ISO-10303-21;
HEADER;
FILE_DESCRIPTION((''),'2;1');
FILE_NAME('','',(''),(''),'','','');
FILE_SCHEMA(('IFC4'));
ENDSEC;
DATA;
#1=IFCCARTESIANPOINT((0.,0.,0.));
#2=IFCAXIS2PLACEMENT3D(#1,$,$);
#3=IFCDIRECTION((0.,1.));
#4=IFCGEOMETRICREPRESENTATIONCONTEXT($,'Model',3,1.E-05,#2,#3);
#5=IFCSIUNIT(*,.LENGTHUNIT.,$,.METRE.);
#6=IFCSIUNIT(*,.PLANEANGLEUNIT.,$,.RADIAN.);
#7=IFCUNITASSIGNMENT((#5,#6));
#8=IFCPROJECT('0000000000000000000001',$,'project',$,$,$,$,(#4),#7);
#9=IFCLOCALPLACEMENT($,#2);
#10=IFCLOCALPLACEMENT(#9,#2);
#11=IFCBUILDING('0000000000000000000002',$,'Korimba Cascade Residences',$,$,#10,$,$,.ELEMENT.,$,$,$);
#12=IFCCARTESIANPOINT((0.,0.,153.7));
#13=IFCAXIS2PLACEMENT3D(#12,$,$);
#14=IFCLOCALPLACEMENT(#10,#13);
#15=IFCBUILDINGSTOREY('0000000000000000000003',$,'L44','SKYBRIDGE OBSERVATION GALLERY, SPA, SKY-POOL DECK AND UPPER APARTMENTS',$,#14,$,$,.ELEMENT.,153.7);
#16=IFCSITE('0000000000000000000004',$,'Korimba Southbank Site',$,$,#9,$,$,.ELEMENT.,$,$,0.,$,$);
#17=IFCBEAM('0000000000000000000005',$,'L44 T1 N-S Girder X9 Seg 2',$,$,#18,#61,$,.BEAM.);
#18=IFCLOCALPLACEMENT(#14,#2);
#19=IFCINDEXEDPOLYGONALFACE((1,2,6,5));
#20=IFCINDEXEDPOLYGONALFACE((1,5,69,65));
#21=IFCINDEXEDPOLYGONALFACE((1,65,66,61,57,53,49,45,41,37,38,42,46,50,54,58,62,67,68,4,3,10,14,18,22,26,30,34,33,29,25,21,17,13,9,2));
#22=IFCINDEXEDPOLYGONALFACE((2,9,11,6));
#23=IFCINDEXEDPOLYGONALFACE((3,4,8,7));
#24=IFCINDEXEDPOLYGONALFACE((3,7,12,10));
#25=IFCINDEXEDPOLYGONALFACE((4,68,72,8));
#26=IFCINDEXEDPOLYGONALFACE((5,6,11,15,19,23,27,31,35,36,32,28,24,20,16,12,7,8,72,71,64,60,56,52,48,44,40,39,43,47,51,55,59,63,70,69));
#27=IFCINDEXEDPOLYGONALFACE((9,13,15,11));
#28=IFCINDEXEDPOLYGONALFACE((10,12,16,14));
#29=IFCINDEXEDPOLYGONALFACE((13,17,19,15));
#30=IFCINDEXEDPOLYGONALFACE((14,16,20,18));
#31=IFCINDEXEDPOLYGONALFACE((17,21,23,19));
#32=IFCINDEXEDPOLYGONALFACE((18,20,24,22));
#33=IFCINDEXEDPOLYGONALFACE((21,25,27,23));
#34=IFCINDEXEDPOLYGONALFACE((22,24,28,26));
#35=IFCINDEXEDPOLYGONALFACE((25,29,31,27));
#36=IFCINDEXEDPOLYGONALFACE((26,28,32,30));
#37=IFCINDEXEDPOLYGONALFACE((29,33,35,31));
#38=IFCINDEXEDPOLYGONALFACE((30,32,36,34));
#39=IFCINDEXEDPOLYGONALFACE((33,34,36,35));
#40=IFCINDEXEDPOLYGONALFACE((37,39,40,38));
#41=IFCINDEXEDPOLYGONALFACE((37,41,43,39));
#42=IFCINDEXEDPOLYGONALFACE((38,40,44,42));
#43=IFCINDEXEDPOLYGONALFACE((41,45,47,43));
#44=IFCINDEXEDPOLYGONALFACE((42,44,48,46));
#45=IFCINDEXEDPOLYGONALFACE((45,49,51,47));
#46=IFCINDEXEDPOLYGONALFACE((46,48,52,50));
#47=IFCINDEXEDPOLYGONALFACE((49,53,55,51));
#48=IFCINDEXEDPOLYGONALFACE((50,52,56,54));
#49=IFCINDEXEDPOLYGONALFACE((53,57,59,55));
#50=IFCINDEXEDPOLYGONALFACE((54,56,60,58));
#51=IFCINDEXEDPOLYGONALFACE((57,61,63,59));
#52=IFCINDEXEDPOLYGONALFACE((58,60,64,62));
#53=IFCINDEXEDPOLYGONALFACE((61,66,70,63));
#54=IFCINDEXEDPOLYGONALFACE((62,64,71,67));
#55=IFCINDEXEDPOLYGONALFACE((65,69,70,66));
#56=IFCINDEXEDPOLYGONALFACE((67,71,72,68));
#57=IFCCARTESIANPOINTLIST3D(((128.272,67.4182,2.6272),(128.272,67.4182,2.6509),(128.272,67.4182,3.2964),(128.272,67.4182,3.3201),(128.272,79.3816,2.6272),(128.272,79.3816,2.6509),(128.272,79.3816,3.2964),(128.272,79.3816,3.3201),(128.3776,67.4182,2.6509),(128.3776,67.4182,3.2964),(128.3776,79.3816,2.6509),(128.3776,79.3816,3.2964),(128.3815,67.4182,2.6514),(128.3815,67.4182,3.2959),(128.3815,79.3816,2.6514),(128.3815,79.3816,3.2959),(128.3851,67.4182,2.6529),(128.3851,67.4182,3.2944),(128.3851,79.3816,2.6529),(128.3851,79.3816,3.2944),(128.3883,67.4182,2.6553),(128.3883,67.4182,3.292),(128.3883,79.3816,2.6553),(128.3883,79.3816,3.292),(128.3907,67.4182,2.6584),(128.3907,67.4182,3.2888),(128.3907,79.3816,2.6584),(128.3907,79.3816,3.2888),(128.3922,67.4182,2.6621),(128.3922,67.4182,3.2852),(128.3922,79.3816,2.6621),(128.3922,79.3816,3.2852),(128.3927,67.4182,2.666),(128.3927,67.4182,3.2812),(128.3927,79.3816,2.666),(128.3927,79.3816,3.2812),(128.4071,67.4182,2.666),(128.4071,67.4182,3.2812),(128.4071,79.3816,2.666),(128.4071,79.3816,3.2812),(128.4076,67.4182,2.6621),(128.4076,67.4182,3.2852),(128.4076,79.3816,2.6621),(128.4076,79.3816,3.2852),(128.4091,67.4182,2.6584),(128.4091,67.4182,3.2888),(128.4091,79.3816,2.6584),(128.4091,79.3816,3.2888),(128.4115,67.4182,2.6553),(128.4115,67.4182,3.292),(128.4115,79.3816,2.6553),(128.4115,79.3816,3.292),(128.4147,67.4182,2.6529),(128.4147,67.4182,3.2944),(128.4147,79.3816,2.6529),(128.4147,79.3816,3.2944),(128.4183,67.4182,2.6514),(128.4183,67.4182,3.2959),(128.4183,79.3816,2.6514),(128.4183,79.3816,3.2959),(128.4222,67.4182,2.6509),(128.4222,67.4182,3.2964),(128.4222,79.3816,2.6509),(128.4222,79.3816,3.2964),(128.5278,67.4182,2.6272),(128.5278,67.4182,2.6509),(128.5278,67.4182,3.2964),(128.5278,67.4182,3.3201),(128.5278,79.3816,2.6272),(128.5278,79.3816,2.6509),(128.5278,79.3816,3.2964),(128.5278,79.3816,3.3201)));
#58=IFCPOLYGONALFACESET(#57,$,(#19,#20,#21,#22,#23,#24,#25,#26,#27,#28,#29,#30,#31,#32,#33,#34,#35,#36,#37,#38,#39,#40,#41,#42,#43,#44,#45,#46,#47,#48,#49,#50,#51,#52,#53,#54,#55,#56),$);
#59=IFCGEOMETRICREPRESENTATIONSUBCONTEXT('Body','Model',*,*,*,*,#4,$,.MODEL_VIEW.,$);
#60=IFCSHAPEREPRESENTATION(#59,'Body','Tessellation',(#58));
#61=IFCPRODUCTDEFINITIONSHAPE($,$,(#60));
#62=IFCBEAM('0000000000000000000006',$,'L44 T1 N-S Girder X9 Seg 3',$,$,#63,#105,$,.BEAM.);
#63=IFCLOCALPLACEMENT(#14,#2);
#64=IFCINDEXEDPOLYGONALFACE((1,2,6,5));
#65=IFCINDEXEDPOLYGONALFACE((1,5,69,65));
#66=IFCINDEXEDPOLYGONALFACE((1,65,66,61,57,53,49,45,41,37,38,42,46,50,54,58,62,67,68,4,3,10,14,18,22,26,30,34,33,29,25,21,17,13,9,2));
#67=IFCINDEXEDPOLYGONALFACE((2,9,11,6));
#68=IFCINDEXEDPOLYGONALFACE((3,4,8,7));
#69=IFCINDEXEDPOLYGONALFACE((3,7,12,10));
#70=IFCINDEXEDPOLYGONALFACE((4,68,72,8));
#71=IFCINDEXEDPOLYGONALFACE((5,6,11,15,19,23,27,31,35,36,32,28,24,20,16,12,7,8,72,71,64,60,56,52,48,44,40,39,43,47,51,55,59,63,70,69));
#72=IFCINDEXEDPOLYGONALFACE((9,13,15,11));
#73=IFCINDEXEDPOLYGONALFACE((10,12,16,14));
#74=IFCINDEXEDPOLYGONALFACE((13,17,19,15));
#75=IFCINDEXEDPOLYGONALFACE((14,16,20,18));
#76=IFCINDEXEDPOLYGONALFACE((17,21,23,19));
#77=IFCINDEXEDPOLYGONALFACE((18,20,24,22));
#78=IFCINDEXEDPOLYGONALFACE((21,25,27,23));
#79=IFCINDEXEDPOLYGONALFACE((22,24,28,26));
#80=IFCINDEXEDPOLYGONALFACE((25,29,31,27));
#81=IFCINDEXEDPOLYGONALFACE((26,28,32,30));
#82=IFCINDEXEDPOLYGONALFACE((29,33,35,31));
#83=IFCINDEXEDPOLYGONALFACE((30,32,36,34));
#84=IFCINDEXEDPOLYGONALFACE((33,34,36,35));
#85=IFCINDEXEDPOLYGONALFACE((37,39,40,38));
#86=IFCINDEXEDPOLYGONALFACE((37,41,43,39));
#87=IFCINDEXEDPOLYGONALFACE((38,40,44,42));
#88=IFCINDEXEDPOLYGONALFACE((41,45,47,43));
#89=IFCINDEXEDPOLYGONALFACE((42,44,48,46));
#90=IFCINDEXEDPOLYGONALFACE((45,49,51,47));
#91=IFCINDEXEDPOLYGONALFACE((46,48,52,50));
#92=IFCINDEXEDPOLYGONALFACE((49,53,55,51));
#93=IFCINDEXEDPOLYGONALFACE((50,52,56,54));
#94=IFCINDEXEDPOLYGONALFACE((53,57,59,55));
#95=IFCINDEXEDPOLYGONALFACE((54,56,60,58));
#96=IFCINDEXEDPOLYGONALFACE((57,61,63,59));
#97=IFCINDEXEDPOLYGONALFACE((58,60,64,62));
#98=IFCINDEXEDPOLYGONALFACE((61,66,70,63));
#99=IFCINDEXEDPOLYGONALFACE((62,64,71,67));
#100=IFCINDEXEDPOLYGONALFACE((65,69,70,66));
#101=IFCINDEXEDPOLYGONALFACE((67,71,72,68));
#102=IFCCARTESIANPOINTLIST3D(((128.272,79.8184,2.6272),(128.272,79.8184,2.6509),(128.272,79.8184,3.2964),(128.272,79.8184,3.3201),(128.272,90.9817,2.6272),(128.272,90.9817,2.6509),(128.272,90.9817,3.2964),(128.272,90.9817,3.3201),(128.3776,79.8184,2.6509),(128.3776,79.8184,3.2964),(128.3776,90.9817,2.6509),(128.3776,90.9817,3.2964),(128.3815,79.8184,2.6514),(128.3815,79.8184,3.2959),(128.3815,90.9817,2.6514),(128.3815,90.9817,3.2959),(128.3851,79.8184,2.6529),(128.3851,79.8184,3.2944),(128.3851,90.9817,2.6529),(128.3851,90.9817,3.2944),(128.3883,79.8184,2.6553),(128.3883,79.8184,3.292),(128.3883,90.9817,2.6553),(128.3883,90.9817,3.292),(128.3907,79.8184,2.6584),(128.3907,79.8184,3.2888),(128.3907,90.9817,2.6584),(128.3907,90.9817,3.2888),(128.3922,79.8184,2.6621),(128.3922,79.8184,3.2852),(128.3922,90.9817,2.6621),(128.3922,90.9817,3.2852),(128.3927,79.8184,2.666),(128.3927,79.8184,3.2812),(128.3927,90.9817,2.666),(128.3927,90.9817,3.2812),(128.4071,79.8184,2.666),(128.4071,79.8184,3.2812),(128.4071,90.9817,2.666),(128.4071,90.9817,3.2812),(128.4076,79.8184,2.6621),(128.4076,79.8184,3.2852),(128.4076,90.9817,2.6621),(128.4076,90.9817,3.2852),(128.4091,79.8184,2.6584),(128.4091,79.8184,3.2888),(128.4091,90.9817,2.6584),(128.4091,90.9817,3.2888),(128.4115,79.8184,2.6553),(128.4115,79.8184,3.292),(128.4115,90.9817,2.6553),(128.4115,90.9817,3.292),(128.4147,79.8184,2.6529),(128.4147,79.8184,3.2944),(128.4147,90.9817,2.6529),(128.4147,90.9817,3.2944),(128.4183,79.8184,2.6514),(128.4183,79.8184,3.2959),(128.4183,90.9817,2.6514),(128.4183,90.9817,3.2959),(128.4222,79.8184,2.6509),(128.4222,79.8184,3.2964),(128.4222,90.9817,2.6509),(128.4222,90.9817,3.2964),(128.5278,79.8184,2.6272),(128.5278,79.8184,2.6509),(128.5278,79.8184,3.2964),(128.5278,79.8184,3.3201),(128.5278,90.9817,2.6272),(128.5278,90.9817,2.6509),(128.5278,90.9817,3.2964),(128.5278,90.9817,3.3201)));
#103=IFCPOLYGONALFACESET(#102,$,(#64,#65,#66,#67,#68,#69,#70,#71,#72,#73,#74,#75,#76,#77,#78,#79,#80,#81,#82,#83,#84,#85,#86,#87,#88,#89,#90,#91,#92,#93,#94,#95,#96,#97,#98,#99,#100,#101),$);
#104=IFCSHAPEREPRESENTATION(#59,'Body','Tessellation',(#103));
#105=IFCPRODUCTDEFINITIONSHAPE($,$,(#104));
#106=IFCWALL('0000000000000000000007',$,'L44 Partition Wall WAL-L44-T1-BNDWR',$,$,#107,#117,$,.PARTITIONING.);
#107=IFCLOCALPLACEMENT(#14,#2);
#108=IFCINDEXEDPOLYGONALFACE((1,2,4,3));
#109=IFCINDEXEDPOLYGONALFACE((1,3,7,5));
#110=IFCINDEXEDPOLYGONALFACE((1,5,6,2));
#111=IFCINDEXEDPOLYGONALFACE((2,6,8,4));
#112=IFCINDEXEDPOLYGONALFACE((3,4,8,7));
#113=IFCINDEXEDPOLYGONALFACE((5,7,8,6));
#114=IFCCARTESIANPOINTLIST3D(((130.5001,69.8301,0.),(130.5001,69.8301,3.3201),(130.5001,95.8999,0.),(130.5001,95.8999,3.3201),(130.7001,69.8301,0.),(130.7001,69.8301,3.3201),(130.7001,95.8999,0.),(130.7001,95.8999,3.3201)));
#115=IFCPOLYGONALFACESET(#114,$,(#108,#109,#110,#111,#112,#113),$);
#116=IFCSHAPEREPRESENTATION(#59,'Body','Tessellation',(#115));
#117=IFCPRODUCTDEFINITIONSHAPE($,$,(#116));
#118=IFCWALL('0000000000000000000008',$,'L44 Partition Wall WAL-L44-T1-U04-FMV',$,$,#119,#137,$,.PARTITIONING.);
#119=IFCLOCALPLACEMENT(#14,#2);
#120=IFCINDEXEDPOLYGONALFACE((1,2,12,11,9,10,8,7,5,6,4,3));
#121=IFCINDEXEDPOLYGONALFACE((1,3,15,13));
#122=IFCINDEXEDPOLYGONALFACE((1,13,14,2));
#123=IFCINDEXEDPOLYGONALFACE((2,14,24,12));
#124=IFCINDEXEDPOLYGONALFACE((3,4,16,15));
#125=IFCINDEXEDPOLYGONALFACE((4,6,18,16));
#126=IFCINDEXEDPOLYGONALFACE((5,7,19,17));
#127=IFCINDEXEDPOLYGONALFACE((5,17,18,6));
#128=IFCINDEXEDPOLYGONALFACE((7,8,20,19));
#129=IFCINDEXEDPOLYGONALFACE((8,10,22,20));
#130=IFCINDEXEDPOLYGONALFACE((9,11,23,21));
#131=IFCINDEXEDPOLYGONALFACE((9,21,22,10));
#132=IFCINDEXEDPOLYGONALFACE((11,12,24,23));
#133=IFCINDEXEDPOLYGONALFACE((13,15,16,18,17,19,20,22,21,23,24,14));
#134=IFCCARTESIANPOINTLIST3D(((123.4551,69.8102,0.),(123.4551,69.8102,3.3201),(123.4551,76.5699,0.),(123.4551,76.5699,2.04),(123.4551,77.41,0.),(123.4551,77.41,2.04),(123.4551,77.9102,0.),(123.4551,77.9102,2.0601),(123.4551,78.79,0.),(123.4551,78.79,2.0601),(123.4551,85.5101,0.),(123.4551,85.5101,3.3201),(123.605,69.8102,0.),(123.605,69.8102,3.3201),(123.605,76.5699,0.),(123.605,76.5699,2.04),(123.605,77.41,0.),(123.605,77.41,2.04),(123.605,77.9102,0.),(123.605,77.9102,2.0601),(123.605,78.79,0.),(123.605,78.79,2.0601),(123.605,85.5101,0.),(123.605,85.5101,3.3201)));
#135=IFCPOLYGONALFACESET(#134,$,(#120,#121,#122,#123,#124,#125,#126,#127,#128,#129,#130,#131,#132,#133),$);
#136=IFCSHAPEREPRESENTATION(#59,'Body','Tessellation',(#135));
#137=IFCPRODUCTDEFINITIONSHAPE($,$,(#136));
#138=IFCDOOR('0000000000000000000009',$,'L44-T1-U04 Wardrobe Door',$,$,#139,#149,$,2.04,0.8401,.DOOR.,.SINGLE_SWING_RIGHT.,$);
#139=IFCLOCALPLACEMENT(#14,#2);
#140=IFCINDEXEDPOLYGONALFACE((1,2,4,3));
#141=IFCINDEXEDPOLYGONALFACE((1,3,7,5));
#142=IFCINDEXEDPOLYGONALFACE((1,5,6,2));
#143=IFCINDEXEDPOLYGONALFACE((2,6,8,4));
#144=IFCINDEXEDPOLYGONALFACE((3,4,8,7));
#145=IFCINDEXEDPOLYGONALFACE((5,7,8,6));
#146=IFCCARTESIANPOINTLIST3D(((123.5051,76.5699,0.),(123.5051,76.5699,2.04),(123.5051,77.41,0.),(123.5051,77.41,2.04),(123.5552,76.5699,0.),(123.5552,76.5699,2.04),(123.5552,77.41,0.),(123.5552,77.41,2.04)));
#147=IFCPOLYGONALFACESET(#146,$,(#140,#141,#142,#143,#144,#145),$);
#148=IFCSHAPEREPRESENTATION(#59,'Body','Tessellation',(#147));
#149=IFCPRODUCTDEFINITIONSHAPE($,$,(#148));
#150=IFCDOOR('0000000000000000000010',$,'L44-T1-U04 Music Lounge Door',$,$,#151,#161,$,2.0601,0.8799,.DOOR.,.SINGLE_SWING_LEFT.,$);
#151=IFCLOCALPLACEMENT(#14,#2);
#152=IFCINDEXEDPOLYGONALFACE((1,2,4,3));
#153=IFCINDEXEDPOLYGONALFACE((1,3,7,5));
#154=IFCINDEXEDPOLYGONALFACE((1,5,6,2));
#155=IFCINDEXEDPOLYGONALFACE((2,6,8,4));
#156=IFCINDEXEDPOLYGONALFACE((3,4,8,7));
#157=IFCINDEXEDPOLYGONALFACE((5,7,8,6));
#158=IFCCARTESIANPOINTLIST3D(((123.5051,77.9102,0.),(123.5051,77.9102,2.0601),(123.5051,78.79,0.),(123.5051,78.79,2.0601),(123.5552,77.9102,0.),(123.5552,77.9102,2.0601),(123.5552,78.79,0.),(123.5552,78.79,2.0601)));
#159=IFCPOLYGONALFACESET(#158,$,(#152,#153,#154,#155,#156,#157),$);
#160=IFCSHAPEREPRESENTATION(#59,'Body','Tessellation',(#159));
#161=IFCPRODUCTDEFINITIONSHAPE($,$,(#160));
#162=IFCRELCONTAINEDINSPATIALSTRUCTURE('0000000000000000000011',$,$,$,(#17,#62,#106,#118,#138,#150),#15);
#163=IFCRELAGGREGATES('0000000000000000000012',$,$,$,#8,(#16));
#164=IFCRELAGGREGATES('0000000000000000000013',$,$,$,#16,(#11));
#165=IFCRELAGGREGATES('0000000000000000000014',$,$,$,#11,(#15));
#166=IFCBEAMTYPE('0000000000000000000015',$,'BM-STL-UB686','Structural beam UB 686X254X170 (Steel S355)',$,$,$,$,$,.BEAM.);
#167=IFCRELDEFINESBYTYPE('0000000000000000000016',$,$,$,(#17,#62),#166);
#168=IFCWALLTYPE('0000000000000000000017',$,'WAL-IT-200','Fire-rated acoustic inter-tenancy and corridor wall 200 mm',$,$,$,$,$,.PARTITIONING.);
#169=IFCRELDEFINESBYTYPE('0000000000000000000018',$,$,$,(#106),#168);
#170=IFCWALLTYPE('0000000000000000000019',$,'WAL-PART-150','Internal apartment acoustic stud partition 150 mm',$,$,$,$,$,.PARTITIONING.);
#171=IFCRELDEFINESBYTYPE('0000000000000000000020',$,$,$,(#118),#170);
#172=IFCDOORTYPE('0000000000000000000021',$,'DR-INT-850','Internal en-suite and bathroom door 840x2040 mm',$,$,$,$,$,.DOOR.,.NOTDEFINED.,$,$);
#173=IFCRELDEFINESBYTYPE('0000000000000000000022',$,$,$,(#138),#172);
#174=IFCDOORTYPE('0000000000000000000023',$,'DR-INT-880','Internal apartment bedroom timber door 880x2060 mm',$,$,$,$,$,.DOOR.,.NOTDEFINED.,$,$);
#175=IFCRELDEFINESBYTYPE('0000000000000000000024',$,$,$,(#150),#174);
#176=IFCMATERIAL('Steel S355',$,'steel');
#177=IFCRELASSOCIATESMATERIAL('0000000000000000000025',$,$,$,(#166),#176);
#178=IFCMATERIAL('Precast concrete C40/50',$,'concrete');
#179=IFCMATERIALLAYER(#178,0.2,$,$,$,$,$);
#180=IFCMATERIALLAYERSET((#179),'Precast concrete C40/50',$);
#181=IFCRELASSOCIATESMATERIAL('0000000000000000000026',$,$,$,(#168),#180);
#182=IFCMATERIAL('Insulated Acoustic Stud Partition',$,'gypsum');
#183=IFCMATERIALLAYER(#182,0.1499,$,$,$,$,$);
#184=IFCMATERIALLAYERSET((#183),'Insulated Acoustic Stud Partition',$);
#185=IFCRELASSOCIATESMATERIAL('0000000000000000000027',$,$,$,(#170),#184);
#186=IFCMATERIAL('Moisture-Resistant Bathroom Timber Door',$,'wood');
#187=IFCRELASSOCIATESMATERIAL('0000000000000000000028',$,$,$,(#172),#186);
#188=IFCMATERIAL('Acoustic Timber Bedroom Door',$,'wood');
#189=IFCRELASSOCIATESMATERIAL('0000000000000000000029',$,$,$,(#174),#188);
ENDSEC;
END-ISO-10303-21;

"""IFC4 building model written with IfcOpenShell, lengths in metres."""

from ifc_helpers import new_model, si_unit, direction, frame, frame_2d, origin, origin_2d, place, context, subcontext, project, spatial, rectangle, i_section, extrude, material, layer, layer_set, material_profile, profile_set, type_object, element, fill, save


model = new_model("IFC4")

# Units and contexts
model_context = context("Model", 3, precision=1e-05, world=origin(), true_north=direction((0.0, 1.0)))
body_context = subcontext(model_context, "Body", "Model", "MODEL_VIEW")
ifc_project = project(units=[si_unit("LENGTHUNIT", "METRE"), si_unit("PLANEANGLEUNIT", "RADIAN")], contexts=[model_context])

# Site, building, storey
site_placement = place(None, origin())
site = spatial("IfcSite", under=ifc_project, at=site_placement, Name="Korimba Southbank Site", CompositionType="ELEMENT", RefElevation=0.0)
building_placement = place(site_placement, origin())
building = spatial("IfcBuilding", under=site, at=building_placement, Name="Korimba Cascade Residences", CompositionType="ELEMENT")
storey_placement = place(building_placement, frame((0.0, 0.0, 153.7)))
storey = spatial("IfcBuildingStorey", under=building, at=storey_placement, Name="L44", Description="SKYBRIDGE OBSERVATION GALLERY, SPA, SKY-POOL DECK AND UPPER APARTMENTS", CompositionType="ELEMENT", Elevation=153.7)

# Beams
ifc_material_1 = material(Name="Steel S355", Category="steel")
ifc_material_profile_1 = material_profile(ifc_material_1, i_section(OverallWidth=0.2559, OverallDepth=0.6929, WebThickness=0.0144, FlangeThickness=0.0237, FilletRadius=0.0151, at=origin_2d()), Name="Steel S355")
ifc_profile_set_1 = profile_set([ifc_material_profile_1], Name="Steel S355")
beam_type_1 = type_object("IfcBeamType", Name="BM-STL-UB686", Description="Structural beam UB 686X254X170 (Steel S355)", PredefinedType="BEAM", material=ifc_profile_set_1)
beam_1_placement = place(storey_placement, frame((128.3999, 67.4182, 2.9736), z_axis=(0.0, 1.0, 0.0), x_axis=(-1.0, 0.0, 0.0)))
element("IfcBeam", 1, at=beam_1_placement, inside=storey, type_object=beam_type_1, Name="L44 T1 N-S Girder X9 Seg 2", PredefinedType="BEAM", context=body_context, shape_type="SweptSolid", body=[
    extrude(i_section(OverallWidth=0.2559, OverallDepth=0.6929, WebThickness=0.0144, FlangeThickness=0.0237, FilletRadius=0.0151, at=origin_2d()), origin(), (0.0, 0.0, 1.0), 11.9634),
])
beam_2_placement = place(storey_placement, frame((128.3999, 79.8184, 2.9736), z_axis=(0.0, 1.0, 0.0), x_axis=(-1.0, 0.0, 0.0)))
element("IfcBeam", 2, at=beam_2_placement, inside=storey, type_object=beam_type_1, Name="L44 T1 N-S Girder X9 Seg 3", PredefinedType="BEAM", context=body_context, shape_type="SweptSolid", body=[
    extrude(i_section(OverallWidth=0.2559, OverallDepth=0.6929, WebThickness=0.0144, FlangeThickness=0.0237, FilletRadius=0.0151, at=origin_2d()), origin(), (0.0, 0.0, 1.0), 11.1633),
])

# Wall
ifc_material_2 = material(Name="Precast concrete C40/50", Category="concrete")
ifc_layer_1 = layer(ifc_material_2, 0.2)
ifc_layer_set_1 = layer_set([ifc_layer_1], Name="Precast concrete C40/50")
wall_type_1 = type_object("IfcWallType", Name="WAL-IT-200", Description="Fire-rated acoustic inter-tenancy and corridor wall 200 mm", PredefinedType="PARTITIONING", material=ifc_layer_set_1)
wall_1_placement = place(storey_placement, frame((130.6001, 69.8301, 0.0), z_axis=(0.0, 0.0, 1.0), x_axis=(0.0, 1.0, 0.0)))
element("IfcWall", 3, at=wall_1_placement, inside=storey, type_object=wall_type_1, Name="L44 Partition Wall WAL-L44-T1-BNDWR", PredefinedType="PARTITIONING", context=body_context, shape_type="SweptSolid", body=[
    extrude(rectangle(XDim=26.0698, YDim=0.2, at=frame_2d((13.0349, 0.0))), origin(), (0.0, 0.0, 1.0), 3.3201),
])

# Wall, openings, doors
ifc_material_3 = material(Name="Insulated Acoustic Stud Partition", Category="gypsum")
ifc_layer_2 = layer(ifc_material_3, 0.1499)
ifc_layer_set_2 = layer_set([ifc_layer_2], Name="Insulated Acoustic Stud Partition")
wall_type_2 = type_object("IfcWallType", Name="WAL-PART-150", Description="Internal apartment acoustic stud partition 150 mm", PredefinedType="PARTITIONING", material=ifc_layer_set_2)
wall_2_placement = place(storey_placement, frame((123.53, 69.8101, 0.0), z_axis=(0.0, 0.0, 1.0), x_axis=(0.0, 1.0, 0.0)))
wall_2 = element("IfcWall", 4, at=wall_2_placement, inside=storey, type_object=wall_type_2, Name="L44 Partition Wall WAL-L44-T1-U04-FMV", PredefinedType="PARTITIONING", context=body_context, shape_type="SweptSolid", body=[
    extrude(rectangle(XDim=15.7, YDim=0.1499, at=frame_2d((7.8501, 0.0))), origin(), (0.0, 0.0, 1.0), 3.3201),
])
opening_1_placement = place(wall_2_placement, frame((6.76, 0.0, 0.0)))
opening_1 = element("IfcOpeningElement", 5, at=opening_1_placement, cuts=wall_2, PredefinedType="OPENING", context=body_context, shape_type="SweptSolid", body=[
    extrude(rectangle(XDim=0.8401, YDim=2.04, at=frame_2d((0.4199, 1.02))), frame((0.0, 0.085, 0.0), z_axis=(0.0, -1.0, 0.0), x_axis=(1.0, 0.0, 0.0)), (0.0, 0.0, 1.0), 0.1699),
])
opening_2_placement = place(wall_2_placement, frame((8.1001, 0.0, 0.0)))
opening_2 = element("IfcOpeningElement", 6, at=opening_2_placement, cuts=wall_2, PredefinedType="OPENING", context=body_context, shape_type="SweptSolid", body=[
    extrude(rectangle(XDim=0.8799, YDim=2.0601, at=frame_2d((0.4399, 1.03))), frame((0.0, 0.085, 0.0), z_axis=(0.0, -1.0, 0.0), x_axis=(1.0, 0.0, 0.0)), (0.0, 0.0, 1.0), 0.1699),
])
ifc_material_4 = material(Name="Moisture-Resistant Bathroom Timber Door", Category="wood")
door_type_1 = type_object("IfcDoorType", Name="DR-INT-850", Description="Internal en-suite and bathroom door 840x2040 mm", OperationType="NOTDEFINED", PredefinedType="DOOR", material=ifc_material_4)
door_1_placement = place(opening_1_placement, origin())
door_1 = element("IfcDoor", 7, at=door_1_placement, inside=storey, type_object=door_type_1, Name="L44-T1-U04 Wardrobe Door", OperationType="SINGLE_SWING_RIGHT", OverallHeight=2.04, OverallWidth=0.8401, PredefinedType="DOOR", context=body_context, shape_type="SweptSolid", body=[
    extrude(rectangle(XDim=0.8401, YDim=2.04, at=frame_2d((0.4199, 1.02))), frame((0.0, 0.0249, 0.0), z_axis=(0.0, -1.0, 0.0), x_axis=(1.0, 0.0, 0.0)), (0.0, 0.0, 1.0), 0.05),
])
fill(opening_1, door_1)
ifc_material_5 = material(Name="Acoustic Timber Bedroom Door", Category="wood")
door_type_2 = type_object("IfcDoorType", Name="DR-INT-880", Description="Internal apartment bedroom timber door 880x2060 mm", OperationType="NOTDEFINED", PredefinedType="DOOR", material=ifc_material_5)
door_2_placement = place(opening_2_placement, origin())
door_2 = element("IfcDoor", 8, at=door_2_placement, inside=storey, type_object=door_type_2, Name="L44-T1-U04 Music Lounge Door", OperationType="SINGLE_SWING_LEFT", OverallHeight=2.0601, OverallWidth=0.8799, PredefinedType="DOOR", context=body_context, shape_type="SweptSolid", body=[
    extrude(rectangle(XDim=0.8799, YDim=2.0601, at=frame_2d((0.4399, 1.03))), frame((0.0, 0.0249, 0.0), z_axis=(0.0, -1.0, 0.0), x_axis=(1.0, 0.0, 0.0)), (0.0, 0.0, 1.0), 0.05),
])
fill(opening_2, door_2)

save(model, "model.ifc")
